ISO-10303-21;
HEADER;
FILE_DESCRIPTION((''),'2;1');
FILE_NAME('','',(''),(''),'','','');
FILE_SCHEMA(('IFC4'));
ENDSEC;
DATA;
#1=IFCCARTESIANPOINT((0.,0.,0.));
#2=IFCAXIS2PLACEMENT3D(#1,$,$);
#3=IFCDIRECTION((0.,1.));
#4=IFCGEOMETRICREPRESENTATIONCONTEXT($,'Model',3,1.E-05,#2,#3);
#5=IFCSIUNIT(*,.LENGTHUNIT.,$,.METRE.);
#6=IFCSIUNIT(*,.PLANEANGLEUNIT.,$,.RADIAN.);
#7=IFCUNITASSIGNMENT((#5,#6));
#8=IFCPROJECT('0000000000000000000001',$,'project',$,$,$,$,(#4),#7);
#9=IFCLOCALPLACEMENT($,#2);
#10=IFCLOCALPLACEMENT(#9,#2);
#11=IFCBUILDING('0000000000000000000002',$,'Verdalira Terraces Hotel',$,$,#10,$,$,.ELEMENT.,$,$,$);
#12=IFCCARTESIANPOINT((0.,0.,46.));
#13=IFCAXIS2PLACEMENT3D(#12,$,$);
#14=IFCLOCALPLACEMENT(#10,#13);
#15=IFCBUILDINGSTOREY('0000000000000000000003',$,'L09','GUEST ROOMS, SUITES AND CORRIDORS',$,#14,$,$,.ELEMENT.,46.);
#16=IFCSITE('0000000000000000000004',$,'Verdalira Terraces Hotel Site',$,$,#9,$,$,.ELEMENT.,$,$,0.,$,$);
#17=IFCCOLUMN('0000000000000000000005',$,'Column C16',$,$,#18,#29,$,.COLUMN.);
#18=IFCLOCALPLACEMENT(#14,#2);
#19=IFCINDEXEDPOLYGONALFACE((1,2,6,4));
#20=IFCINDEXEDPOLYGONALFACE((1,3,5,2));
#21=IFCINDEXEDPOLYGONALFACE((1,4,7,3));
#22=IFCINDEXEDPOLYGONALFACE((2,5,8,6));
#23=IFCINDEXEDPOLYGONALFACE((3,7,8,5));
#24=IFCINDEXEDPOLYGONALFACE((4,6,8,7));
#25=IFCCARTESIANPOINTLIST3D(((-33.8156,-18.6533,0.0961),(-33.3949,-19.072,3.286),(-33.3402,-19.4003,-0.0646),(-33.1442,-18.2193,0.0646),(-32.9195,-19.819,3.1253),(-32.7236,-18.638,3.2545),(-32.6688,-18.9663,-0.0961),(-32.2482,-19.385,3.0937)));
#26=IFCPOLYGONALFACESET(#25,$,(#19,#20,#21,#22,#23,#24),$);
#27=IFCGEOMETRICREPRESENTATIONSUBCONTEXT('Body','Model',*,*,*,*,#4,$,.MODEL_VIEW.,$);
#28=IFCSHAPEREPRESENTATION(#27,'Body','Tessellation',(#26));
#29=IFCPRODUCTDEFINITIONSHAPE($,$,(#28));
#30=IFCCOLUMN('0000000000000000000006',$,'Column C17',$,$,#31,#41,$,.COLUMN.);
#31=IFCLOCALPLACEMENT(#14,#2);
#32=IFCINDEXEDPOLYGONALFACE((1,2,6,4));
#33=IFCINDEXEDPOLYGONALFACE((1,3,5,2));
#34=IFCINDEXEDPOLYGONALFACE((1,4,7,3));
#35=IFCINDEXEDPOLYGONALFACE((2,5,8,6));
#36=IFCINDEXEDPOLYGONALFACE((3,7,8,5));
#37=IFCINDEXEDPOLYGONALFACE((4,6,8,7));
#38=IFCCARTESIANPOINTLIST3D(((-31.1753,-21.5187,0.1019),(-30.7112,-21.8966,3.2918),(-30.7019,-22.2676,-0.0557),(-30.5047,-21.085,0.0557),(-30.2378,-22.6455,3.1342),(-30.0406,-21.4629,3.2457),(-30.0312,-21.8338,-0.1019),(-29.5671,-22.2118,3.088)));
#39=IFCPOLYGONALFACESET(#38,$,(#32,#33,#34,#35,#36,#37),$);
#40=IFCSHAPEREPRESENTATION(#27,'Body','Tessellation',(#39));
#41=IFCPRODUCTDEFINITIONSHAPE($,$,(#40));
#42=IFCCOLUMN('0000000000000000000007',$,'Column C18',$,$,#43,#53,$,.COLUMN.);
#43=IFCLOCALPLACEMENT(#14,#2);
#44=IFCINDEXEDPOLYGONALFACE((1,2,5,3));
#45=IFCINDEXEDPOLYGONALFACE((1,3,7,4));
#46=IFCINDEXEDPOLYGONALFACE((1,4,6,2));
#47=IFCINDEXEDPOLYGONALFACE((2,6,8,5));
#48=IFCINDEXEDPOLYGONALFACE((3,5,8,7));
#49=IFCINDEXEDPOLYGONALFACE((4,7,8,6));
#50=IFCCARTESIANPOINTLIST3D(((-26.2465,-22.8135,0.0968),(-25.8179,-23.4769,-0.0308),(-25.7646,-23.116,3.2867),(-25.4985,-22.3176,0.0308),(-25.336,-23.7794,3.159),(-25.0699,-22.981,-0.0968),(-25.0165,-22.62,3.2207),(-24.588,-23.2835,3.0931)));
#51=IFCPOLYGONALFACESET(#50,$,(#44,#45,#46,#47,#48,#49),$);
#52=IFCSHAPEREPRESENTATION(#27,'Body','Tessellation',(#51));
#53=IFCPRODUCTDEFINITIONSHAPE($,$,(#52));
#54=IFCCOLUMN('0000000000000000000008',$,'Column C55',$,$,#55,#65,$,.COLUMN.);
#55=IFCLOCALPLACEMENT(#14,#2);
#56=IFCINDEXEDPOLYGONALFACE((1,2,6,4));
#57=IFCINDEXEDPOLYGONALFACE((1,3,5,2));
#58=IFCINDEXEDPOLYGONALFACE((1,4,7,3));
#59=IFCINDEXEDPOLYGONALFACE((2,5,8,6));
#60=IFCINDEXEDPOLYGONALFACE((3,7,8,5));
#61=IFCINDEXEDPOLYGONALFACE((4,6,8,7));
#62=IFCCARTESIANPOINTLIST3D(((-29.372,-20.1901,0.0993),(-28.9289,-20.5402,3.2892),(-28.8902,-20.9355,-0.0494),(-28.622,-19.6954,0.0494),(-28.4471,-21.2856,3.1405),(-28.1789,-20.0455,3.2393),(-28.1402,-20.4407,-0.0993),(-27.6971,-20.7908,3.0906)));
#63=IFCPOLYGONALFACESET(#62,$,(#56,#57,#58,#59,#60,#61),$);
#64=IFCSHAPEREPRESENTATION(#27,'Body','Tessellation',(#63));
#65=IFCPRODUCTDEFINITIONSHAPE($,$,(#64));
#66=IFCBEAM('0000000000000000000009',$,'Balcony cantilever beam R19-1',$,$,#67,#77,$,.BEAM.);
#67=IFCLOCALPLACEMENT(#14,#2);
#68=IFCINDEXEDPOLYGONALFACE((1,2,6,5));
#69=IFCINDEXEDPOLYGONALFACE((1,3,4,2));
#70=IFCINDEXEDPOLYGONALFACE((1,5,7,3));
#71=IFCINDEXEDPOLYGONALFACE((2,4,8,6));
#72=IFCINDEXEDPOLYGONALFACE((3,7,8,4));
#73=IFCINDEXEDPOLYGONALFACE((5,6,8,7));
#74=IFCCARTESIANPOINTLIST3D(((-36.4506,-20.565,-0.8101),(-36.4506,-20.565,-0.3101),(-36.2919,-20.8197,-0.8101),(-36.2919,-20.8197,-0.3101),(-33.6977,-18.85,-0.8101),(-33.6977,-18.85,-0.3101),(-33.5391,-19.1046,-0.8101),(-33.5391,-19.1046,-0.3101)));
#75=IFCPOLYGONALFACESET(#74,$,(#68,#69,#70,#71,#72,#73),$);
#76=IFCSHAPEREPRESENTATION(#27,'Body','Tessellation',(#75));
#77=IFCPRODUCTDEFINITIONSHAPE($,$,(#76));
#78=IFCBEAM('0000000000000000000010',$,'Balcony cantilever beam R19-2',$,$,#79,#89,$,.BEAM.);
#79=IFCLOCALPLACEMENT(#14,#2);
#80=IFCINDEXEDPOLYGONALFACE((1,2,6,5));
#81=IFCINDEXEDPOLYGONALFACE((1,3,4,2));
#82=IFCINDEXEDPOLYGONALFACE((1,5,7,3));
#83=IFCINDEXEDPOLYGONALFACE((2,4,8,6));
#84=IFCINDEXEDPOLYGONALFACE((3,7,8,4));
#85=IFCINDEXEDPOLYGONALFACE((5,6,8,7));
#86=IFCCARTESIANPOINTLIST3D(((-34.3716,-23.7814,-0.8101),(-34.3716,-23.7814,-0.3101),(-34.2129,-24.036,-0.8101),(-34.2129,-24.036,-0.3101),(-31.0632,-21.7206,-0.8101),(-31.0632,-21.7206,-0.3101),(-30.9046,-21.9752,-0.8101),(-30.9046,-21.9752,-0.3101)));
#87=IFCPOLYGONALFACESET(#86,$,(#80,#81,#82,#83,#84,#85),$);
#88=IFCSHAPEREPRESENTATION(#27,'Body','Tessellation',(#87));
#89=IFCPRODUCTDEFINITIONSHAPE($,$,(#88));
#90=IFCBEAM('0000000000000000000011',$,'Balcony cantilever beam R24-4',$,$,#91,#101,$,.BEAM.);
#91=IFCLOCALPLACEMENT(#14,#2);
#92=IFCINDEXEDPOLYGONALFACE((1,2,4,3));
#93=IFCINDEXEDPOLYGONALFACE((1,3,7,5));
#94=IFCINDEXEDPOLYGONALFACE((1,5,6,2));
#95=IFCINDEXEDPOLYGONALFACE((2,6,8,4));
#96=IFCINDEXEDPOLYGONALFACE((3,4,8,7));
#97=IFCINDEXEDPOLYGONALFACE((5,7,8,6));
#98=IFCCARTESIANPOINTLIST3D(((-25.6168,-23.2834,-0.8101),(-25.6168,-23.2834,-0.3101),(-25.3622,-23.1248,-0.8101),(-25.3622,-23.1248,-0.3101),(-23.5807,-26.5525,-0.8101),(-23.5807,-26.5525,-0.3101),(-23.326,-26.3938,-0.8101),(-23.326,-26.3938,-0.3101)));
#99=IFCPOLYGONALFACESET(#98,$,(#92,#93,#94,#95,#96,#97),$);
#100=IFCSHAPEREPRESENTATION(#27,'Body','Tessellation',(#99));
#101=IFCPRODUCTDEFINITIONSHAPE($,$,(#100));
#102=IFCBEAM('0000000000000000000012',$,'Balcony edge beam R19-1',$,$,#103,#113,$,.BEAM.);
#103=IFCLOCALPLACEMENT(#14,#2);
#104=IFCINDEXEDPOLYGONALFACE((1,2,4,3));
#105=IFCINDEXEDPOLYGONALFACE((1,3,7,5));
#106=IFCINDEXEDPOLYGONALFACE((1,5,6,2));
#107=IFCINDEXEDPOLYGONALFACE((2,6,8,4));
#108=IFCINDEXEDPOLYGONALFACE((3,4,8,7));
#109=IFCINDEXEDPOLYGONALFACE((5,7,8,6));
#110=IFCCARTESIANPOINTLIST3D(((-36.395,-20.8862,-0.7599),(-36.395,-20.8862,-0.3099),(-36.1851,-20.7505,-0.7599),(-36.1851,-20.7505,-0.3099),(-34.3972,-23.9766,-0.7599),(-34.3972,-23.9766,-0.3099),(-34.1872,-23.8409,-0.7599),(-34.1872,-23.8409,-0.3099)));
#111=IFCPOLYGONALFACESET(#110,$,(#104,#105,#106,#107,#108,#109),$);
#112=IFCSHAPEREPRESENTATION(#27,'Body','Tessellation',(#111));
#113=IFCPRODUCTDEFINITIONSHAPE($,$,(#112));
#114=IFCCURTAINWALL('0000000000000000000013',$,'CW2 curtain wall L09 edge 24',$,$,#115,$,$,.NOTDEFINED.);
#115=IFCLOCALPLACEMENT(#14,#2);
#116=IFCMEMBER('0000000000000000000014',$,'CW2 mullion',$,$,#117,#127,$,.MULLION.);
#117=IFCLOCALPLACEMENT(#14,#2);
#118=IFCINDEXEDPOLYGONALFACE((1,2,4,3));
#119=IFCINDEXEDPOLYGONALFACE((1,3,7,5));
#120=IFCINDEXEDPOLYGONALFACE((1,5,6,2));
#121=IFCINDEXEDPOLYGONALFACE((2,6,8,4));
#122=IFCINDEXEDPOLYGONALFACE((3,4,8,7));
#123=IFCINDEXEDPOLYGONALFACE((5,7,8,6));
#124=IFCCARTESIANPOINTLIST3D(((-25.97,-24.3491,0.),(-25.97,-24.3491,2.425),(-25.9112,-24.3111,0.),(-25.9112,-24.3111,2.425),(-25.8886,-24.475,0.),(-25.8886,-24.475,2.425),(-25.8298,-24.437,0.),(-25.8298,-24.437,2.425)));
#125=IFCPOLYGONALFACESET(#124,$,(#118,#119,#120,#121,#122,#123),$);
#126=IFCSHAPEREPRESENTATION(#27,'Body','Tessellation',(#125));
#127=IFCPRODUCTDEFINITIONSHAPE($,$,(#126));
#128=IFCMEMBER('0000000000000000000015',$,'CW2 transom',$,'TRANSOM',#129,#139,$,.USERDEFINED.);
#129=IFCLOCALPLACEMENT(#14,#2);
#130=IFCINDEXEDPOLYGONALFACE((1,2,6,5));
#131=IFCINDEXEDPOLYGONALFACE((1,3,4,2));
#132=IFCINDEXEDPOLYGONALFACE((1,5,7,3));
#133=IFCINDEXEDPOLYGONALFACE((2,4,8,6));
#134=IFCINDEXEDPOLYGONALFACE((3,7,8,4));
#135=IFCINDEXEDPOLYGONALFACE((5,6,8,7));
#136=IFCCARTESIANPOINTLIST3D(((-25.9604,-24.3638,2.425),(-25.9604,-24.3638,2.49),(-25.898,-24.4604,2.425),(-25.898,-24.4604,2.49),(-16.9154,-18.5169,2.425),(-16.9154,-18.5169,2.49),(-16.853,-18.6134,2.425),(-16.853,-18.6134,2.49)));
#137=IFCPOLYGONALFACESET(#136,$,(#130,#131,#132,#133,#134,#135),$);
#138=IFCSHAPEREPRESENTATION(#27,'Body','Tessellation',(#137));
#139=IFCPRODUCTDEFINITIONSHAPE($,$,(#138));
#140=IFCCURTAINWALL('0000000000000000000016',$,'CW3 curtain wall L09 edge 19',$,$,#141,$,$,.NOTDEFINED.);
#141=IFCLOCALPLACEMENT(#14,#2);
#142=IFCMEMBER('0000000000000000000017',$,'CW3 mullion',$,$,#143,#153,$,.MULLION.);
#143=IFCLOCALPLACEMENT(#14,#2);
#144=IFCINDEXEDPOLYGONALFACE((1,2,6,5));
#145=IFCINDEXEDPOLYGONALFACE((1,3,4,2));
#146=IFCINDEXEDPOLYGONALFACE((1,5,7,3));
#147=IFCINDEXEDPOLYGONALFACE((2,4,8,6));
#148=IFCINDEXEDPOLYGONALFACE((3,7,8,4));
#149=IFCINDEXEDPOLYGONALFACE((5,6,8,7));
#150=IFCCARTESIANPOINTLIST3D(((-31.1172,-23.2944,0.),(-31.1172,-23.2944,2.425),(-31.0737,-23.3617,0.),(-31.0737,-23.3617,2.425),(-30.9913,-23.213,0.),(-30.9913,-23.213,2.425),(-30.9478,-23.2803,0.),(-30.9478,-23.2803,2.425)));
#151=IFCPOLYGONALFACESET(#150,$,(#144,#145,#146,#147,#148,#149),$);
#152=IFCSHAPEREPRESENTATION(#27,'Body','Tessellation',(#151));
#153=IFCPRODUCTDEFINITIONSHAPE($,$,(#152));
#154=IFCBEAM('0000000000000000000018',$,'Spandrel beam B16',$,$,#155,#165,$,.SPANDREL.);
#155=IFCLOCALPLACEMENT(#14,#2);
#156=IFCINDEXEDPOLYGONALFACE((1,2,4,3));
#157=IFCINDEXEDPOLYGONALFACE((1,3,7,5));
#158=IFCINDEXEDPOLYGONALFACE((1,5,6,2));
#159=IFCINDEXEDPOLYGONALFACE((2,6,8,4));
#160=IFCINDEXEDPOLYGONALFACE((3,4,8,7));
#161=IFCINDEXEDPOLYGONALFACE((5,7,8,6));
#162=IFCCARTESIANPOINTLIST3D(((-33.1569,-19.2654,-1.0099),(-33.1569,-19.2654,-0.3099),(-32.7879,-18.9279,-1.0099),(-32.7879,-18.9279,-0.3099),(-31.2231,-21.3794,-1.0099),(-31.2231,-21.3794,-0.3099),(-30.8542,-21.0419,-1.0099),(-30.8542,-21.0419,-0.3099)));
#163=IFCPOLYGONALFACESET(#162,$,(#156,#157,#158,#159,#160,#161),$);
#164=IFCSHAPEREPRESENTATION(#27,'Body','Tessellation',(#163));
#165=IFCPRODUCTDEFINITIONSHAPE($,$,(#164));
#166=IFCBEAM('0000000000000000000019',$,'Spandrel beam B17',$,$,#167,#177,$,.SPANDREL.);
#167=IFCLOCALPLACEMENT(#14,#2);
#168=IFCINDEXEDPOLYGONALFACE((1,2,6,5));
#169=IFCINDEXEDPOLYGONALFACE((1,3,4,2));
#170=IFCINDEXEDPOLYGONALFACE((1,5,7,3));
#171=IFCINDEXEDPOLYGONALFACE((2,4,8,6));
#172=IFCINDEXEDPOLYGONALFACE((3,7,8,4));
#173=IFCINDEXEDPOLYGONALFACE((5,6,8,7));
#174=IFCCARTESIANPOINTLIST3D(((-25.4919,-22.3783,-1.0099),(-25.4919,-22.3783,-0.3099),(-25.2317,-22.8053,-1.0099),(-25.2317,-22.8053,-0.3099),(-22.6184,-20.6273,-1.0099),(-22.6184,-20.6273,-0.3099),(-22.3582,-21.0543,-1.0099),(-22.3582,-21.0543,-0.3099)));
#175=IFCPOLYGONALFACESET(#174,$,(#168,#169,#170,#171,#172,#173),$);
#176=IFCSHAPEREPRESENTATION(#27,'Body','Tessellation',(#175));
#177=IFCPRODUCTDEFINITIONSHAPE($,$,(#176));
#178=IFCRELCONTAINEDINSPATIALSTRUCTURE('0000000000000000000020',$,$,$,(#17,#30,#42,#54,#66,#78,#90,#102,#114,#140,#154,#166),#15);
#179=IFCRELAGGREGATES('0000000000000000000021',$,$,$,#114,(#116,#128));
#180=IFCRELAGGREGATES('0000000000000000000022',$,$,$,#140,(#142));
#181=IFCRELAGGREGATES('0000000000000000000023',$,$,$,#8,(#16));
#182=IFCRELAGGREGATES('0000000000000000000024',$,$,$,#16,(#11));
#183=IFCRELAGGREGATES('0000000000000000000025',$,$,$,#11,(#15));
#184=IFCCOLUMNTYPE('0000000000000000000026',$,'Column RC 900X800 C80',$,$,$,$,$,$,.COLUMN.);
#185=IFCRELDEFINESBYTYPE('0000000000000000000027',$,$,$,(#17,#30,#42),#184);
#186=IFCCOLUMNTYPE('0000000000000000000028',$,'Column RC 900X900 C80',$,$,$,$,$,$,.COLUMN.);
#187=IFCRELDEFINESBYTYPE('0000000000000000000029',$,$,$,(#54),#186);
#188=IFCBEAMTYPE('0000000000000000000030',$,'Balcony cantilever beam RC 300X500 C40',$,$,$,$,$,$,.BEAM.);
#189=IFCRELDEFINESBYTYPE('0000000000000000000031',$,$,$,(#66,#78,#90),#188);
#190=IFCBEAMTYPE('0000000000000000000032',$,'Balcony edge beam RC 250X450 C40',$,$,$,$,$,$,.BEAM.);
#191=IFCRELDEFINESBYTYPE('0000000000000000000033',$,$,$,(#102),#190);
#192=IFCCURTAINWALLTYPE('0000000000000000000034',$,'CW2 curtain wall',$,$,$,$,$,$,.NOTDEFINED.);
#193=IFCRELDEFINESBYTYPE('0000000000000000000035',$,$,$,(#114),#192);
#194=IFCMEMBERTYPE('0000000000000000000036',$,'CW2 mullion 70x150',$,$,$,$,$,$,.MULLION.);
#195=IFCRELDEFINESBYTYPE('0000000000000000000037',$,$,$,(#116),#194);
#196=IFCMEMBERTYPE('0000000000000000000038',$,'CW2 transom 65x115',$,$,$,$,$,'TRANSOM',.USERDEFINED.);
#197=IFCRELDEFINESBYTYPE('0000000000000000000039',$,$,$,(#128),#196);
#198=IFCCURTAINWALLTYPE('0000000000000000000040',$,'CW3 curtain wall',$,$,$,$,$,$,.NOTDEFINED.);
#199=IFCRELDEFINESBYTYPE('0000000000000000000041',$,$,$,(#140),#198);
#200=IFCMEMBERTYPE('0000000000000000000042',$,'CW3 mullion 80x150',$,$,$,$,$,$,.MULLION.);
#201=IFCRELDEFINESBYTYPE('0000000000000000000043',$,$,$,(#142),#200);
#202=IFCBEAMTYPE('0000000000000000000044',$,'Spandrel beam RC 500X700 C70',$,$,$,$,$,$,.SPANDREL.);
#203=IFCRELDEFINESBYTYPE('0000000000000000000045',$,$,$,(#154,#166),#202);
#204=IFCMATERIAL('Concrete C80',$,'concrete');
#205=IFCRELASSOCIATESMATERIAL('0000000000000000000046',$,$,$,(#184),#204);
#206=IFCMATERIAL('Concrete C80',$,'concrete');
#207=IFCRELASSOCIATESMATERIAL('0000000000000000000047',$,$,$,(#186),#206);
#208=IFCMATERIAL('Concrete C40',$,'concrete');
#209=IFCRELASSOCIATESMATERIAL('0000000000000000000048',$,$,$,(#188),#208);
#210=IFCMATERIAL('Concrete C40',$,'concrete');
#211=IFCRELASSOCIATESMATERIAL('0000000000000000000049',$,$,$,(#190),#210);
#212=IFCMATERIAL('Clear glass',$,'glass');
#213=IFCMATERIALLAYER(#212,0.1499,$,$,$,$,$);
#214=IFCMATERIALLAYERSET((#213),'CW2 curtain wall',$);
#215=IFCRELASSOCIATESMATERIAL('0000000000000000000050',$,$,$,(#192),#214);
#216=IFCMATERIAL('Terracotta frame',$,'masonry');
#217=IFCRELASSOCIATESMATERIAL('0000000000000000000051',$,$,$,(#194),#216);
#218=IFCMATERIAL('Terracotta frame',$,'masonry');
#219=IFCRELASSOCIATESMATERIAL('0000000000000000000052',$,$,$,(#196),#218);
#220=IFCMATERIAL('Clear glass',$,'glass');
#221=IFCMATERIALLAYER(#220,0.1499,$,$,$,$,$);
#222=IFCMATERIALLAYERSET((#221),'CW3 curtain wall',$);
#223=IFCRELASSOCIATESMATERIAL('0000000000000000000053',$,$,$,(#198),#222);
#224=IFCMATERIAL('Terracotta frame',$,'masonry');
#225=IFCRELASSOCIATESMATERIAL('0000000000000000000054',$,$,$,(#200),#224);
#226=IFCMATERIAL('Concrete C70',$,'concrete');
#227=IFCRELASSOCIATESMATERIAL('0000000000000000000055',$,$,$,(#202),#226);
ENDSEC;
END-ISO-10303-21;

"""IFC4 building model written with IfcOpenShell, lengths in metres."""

from ifc_helpers import new_model, si_unit, direction, frame, origin, origin_2d, place, context, subcontext, project, spatial, rectangle, extrude, material, layer, layer_set, material_profile, profile_set, type_object, element, aggregate, save


model = new_model("IFC4")

# Units and contexts
model_context = context("Model", 3, precision=1e-05, world=origin(), true_north=direction((0.0, 1.0)))
body_context = subcontext(model_context, "Body", "Model", "MODEL_VIEW")
ifc_project = project(units=[si_unit("LENGTHUNIT", "METRE"), si_unit("PLANEANGLEUNIT", "RADIAN")], contexts=[model_context])

# Site, building, storey
site_placement = place(None, origin())
site = spatial("IfcSite", under=ifc_project, at=site_placement, Name="Verdalira Terraces Hotel Site", CompositionType="ELEMENT", RefElevation=0.0)
building_placement = place(site_placement, origin())
building = spatial("IfcBuilding", under=site, at=building_placement, Name="Verdalira Terraces Hotel", CompositionType="ELEMENT")
storey_placement = place(building_placement, frame((0.0, 0.0, 46.0)))
storey = spatial("IfcBuildingStorey", under=building, at=storey_placement, Name="L09", Description="GUEST ROOMS, SUITES AND CORRIDORS", CompositionType="ELEMENT", Elevation=46.0)

# Columns
ifc_material_1 = material(Name="Concrete C80", Category="concrete")
ifc_material_profile_1 = material_profile(ifc_material_1, rectangle(XDim=0.8999, YDim=0.8, at=origin_2d()), Name="RC 900X800")
ifc_profile_set_1 = profile_set([ifc_material_profile_1], Name="Concrete C80")
column_type_1 = type_object("IfcColumnType", Name="Column RC 900X800 C80", PredefinedType="COLUMN", material=ifc_profile_set_1)
column_1_placement = place(storey_placement, frame((-33.2422, -18.8098, 0.0), z_axis=(0.129644, -0.129042, 0.983128), x_axis=(0.528269, -0.830078, -0.178615)))
element("IfcColumn", 1, at=column_1_placement, inside=storey, type_object=column_type_1, Name="Column C16", PredefinedType="COLUMN", context=body_context, shape_type="SweptSolid", body=[
    extrude(rectangle(XDim=0.8999, YDim=0.8, at=origin_2d()), origin(), (0.0, 0.0, 1.0), 3.2446),
])
column_2_placement = place(storey_placement, frame((-30.6033, -21.6763, 0.0), z_axis=(0.142997, -0.116444, 0.982849), x_axis=(0.526131, -0.832173, -0.17514)))
element("IfcColumn", 2, at=column_2_placement, inside=storey, type_object=column_type_1, Name="Column C17", PredefinedType="COLUMN", context=body_context, shape_type="SweptSolid", body=[
    extrude(rectangle(XDim=0.8999, YDim=0.8, at=origin_2d()), origin(), (0.0, 0.0, 1.0), 3.2456),
])
column_3_placement = place(storey_placement, frame((-25.6582, -22.8972, 0.0), z_axis=(0.148732, -0.093353, 0.984461), x_axis=(0.831226, 0.551078, -0.073324)))
element("IfcColumn", 3, at=column_3_placement, inside=storey, type_object=column_type_1, Name="Column C18", PredefinedType="COLUMN", context=body_context, shape_type="SweptSolid", body=[
    extrude(rectangle(XDim=0.8999, YDim=0.8, at=origin_2d()), origin(), (0.0, 0.0, 1.0), 3.2402),
])
ifc_material_2 = material(Name="Concrete C80", Category="concrete")
ifc_material_profile_2 = material_profile(ifc_material_2, rectangle(XDim=0.8999, YDim=0.8999, at=origin_2d()), Name="RC 900X900")
ifc_profile_set_2 = profile_set([ifc_material_profile_2], Name="Concrete C80")
column_type_2 = type_object("IfcColumnType", Name="Column RC 900X900 C80", PredefinedType="COLUMN", material=ifc_profile_set_2)
column_4_placement = place(storey_placement, frame((-28.7561, -20.3154, 0.0), z_axis=(0.136783, -0.10807, 0.984688), x_axis=(-0.83346, -0.549792, 0.055436)))
element("IfcColumn", 4, at=column_4_placement, inside=storey, type_object=column_type_2, Name="Column C55", PredefinedType="COLUMN", context=body_context, shape_type="SweptSolid", body=[
    extrude(rectangle(XDim=0.8999, YDim=0.8999, at=origin_2d()), origin(), (0.0, 0.0, 1.0), 3.2395),
])

# Beams
ifc_material_3 = material(Name="Concrete C40", Category="concrete")
ifc_material_profile_3 = material_profile(ifc_material_3, rectangle(XDim=0.3, YDim=0.5, at=origin_2d()), Name="RC 300X500")
ifc_profile_set_3 = profile_set([ifc_material_profile_3], Name="Concrete C40")
beam_type_1 = type_object("IfcBeamType", Name="Balcony cantilever beam RC 300X500 C40", PredefinedType="BEAM", material=ifc_profile_set_3)
beam_1_placement = place(storey_placement, frame((-33.6184, -18.9773, -0.5601), z_axis=(-0.848759, -0.528781, 0.0), x_axis=(0.528781, -0.848759, 0.0)))
element("IfcBeam", 5, at=beam_1_placement, inside=storey, type_object=beam_type_1, Name="Balcony cantilever beam R19-1", PredefinedType="BEAM", context=body_context, shape_type="SweptSolid", body=[
    extrude(rectangle(XDim=0.3, YDim=0.5, at=origin_2d()), origin(), (0.0, 0.0, 1.0), 3.2434),
])
beam_2_placement = place(storey_placement, frame((-30.9839, -21.8479, -0.5601), z_axis=(-0.848796, -0.52872, 0.0), x_axis=(0.52872, -0.848796, 0.0)))
element("IfcBeam", 6, at=beam_2_placement, inside=storey, type_object=beam_type_1, Name="Balcony cantilever beam R19-2", PredefinedType="BEAM", context=body_context, shape_type="SweptSolid", body=[
    extrude(rectangle(XDim=0.3, YDim=0.5, at=origin_2d()), origin(), (0.0, 0.0, 1.0), 3.8977),
])
beam_3_placement = place(storey_placement, frame((-25.4895, -23.2041, -0.5601), z_axis=(0.528688, -0.848816, 0.0), x_axis=(0.848816, 0.528688, 0.0)))
element("IfcBeam", 7, at=beam_3_placement, inside=storey, type_object=beam_type_1, Name="Balcony cantilever beam R24-4", PredefinedType="BEAM", context=body_context, shape_type="SweptSolid", body=[
    extrude(rectangle(XDim=0.3, YDim=0.5, at=origin_2d()), origin(), (0.0, 0.0, 1.0), 3.8513),
])
ifc_material_4 = material(Name="Concrete C40", Category="concrete")
ifc_material_profile_4 = material_profile(ifc_material_4, rectangle(XDim=0.25, YDim=0.45, at=origin_2d()), Name="RC 250X450")
ifc_profile_set_4 = profile_set([ifc_material_profile_4], Name="Concrete C40")
beam_type_2 = type_object("IfcBeamType", Name="Balcony edge beam RC 250X450 C40", PredefinedType="BEAM", material=ifc_profile_set_4)
beam_4_placement = place(storey_placement, frame((-36.29, -20.8184, -0.5349), z_axis=(0.542902, -0.839796, 0.0), x_axis=(0.839796, 0.542902, 0.0)))
element("IfcBeam", 8, at=beam_4_placement, inside=storey, type_object=beam_type_2, Name="Balcony edge beam R19-1", PredefinedType="BEAM", context=body_context, shape_type="SweptSolid", body=[
    extrude(rectangle(XDim=0.25, YDim=0.45, at=origin_2d()), origin(), (0.0, 0.0, 1.0), 3.6799),
])

# Curtain wall, members
ifc_material_5 = material(Name="Clear glass", Category="glass")
ifc_layer_1 = layer(ifc_material_5, 0.1499)
ifc_layer_set_1 = layer_set([ifc_layer_1], Name="CW2 curtain wall")
curtain_wall_type_1 = type_object("IfcCurtainWallType", Name="CW2 curtain wall", PredefinedType="NOTDEFINED", material=ifc_layer_set_1)
curtain_wall_1_placement = place(storey_placement, origin())
curtain_wall_1 = element("IfcCurtainWall", 9, at=curtain_wall_1_placement, inside=storey, type_object=curtain_wall_type_1, Name="CW2 curtain wall L09 edge 24", PredefinedType="NOTDEFINED")
ifc_material_6 = material(Name="Terracotta frame", Category="masonry")
ifc_material_profile_5 = material_profile(ifc_material_6, rectangle(XDim=0.0701, YDim=0.1499, at=origin_2d()), Name="MU 70x150")
ifc_profile_set_5 = profile_set([ifc_material_profile_5], Name="Terracotta frame")
member_type_1 = type_object("IfcMemberType", Name="CW2 mullion 70x150", PredefinedType="MULLION", material=ifc_profile_set_5)
member_1_placement = place(storey_placement, frame((-25.8999, -24.3931, 0.0), z_axis=(0.0, 0.0, 1.0), x_axis=(0.839809, 0.542881, 0.0)))
member_1 = element("IfcMember", 10, at=member_1_placement, type_object=member_type_1, Name="CW2 mullion", PredefinedType="MULLION", context=body_context, shape_type="SweptSolid", body=[
    extrude(rectangle(XDim=0.0701, YDim=0.1499, at=origin_2d()), origin(), (0.0, 0.0, 1.0), 2.425),
])
ifc_material_7 = material(Name="Terracotta frame", Category="masonry")
ifc_material_profile_6 = material_profile(ifc_material_7, rectangle(XDim=0.115, YDim=0.0649, at=origin_2d()), Name="TR 65x115")
ifc_profile_set_6 = profile_set([ifc_material_profile_6], Name="Terracotta frame")
member_type_2 = type_object("IfcMemberType", Name="CW2 transom 65x115", ElementType="TRANSOM", PredefinedType="USERDEFINED", material=ifc_profile_set_6)
member_2_placement = place(storey_placement, frame((-25.9292, -24.4121, 2.4575), z_axis=(0.83981, 0.54288, 0.0), x_axis=(-0.54288, 0.83981, 0.0)))
member_2 = element("IfcMember", 11, at=member_2_placement, type_object=member_type_2, Name="CW2 transom", ObjectType="TRANSOM", PredefinedType="USERDEFINED", context=body_context, shape_type="SweptSolid", body=[
    extrude(rectangle(XDim=0.115, YDim=0.0649, at=origin_2d()), origin(), (0.0, 0.0, 1.0), 10.7703),
])
aggregate(curtain_wall_1, [member_1, member_2])

# Curtain wall, member
ifc_material_8 = material(Name="Clear glass", Category="glass")
ifc_layer_2 = layer(ifc_material_8, 0.1499)
ifc_layer_set_2 = layer_set([ifc_layer_2], Name="CW3 curtain wall")
curtain_wall_type_2 = type_object("IfcCurtainWallType", Name="CW3 curtain wall", PredefinedType="NOTDEFINED", material=ifc_layer_set_2)
curtain_wall_2_placement = place(storey_placement, origin())
curtain_wall_2 = element("IfcCurtainWall", 12, at=curtain_wall_2_placement, inside=storey, type_object=curtain_wall_type_2, Name="CW3 curtain wall L09 edge 19", PredefinedType="NOTDEFINED")
ifc_material_9 = material(Name="Terracotta frame", Category="masonry")
ifc_material_profile_7 = material_profile(ifc_material_9, rectangle(XDim=0.0801, YDim=0.1499, at=origin_2d()), Name="MU 80x150")
ifc_profile_set_7 = profile_set([ifc_material_profile_7], Name="Terracotta frame")
member_type_3 = type_object("IfcMemberType", Name="CW3 mullion 80x150", PredefinedType="MULLION", material=ifc_profile_set_7)
member_3_placement = place(storey_placement, frame((-31.0325, -23.2874, 0.0), z_axis=(0.0, 0.0, 1.0), x_axis=(0.542881, -0.839809, 0.0)))
member_3 = element("IfcMember", 13, at=member_3_placement, type_object=member_type_3, Name="CW3 mullion", PredefinedType="MULLION", context=body_context, shape_type="SweptSolid", body=[
    extrude(rectangle(XDim=0.0801, YDim=0.1499, at=origin_2d()), origin(), (0.0, 0.0, 1.0), 2.425),
])

# Beams
ifc_material_10 = material(Name="Concrete C70", Category="concrete")
ifc_material_profile_8 = material_profile(ifc_material_10, rectangle(XDim=0.5, YDim=0.7, at=origin_2d()), Name="RC 500X700")
ifc_profile_set_8 = profile_set([ifc_material_profile_8], Name="Concrete C70")
beam_type_3 = type_object("IfcBeamType", Name="Spandrel beam RC 500X700 C70", PredefinedType="SPANDREL", material=ifc_profile_set_8)
beam_5_placement = place(storey_placement, frame((-32.9724, -19.0967, -0.6599), z_axis=(0.674964, -0.737851, 0.0), x_axis=(0.737851, 0.674964, 0.0)))
element("IfcBeam", 14, at=beam_5_placement, inside=storey, type_object=beam_type_3, Name="Spandrel beam B16", PredefinedType="SPANDREL", context=body_context, shape_type="SweptSolid", body=[
    extrude(rectangle(XDim=0.5, YDim=0.7, at=origin_2d()), origin(), (0.0, 0.0, 1.0), 2.865),
])
beam_6_placement = place(storey_placement, frame((-25.3618, -22.5918, -0.6599), z_axis=(0.853952, 0.520352, 0.0), x_axis=(-0.520352, 0.853952, 0.0)))
element("IfcBeam", 15, at=beam_6_placement, inside=storey, type_object=beam_type_3, Name="Spandrel beam B17", PredefinedType="SPANDREL", context=body_context, shape_type="SweptSolid", body=[
    extrude(rectangle(XDim=0.5, YDim=0.7, at=origin_2d()), origin(), (0.0, 0.0, 1.0), 3.365),
])

aggregate(curtain_wall_2, [member_3])

save(model, "model.ifc")
